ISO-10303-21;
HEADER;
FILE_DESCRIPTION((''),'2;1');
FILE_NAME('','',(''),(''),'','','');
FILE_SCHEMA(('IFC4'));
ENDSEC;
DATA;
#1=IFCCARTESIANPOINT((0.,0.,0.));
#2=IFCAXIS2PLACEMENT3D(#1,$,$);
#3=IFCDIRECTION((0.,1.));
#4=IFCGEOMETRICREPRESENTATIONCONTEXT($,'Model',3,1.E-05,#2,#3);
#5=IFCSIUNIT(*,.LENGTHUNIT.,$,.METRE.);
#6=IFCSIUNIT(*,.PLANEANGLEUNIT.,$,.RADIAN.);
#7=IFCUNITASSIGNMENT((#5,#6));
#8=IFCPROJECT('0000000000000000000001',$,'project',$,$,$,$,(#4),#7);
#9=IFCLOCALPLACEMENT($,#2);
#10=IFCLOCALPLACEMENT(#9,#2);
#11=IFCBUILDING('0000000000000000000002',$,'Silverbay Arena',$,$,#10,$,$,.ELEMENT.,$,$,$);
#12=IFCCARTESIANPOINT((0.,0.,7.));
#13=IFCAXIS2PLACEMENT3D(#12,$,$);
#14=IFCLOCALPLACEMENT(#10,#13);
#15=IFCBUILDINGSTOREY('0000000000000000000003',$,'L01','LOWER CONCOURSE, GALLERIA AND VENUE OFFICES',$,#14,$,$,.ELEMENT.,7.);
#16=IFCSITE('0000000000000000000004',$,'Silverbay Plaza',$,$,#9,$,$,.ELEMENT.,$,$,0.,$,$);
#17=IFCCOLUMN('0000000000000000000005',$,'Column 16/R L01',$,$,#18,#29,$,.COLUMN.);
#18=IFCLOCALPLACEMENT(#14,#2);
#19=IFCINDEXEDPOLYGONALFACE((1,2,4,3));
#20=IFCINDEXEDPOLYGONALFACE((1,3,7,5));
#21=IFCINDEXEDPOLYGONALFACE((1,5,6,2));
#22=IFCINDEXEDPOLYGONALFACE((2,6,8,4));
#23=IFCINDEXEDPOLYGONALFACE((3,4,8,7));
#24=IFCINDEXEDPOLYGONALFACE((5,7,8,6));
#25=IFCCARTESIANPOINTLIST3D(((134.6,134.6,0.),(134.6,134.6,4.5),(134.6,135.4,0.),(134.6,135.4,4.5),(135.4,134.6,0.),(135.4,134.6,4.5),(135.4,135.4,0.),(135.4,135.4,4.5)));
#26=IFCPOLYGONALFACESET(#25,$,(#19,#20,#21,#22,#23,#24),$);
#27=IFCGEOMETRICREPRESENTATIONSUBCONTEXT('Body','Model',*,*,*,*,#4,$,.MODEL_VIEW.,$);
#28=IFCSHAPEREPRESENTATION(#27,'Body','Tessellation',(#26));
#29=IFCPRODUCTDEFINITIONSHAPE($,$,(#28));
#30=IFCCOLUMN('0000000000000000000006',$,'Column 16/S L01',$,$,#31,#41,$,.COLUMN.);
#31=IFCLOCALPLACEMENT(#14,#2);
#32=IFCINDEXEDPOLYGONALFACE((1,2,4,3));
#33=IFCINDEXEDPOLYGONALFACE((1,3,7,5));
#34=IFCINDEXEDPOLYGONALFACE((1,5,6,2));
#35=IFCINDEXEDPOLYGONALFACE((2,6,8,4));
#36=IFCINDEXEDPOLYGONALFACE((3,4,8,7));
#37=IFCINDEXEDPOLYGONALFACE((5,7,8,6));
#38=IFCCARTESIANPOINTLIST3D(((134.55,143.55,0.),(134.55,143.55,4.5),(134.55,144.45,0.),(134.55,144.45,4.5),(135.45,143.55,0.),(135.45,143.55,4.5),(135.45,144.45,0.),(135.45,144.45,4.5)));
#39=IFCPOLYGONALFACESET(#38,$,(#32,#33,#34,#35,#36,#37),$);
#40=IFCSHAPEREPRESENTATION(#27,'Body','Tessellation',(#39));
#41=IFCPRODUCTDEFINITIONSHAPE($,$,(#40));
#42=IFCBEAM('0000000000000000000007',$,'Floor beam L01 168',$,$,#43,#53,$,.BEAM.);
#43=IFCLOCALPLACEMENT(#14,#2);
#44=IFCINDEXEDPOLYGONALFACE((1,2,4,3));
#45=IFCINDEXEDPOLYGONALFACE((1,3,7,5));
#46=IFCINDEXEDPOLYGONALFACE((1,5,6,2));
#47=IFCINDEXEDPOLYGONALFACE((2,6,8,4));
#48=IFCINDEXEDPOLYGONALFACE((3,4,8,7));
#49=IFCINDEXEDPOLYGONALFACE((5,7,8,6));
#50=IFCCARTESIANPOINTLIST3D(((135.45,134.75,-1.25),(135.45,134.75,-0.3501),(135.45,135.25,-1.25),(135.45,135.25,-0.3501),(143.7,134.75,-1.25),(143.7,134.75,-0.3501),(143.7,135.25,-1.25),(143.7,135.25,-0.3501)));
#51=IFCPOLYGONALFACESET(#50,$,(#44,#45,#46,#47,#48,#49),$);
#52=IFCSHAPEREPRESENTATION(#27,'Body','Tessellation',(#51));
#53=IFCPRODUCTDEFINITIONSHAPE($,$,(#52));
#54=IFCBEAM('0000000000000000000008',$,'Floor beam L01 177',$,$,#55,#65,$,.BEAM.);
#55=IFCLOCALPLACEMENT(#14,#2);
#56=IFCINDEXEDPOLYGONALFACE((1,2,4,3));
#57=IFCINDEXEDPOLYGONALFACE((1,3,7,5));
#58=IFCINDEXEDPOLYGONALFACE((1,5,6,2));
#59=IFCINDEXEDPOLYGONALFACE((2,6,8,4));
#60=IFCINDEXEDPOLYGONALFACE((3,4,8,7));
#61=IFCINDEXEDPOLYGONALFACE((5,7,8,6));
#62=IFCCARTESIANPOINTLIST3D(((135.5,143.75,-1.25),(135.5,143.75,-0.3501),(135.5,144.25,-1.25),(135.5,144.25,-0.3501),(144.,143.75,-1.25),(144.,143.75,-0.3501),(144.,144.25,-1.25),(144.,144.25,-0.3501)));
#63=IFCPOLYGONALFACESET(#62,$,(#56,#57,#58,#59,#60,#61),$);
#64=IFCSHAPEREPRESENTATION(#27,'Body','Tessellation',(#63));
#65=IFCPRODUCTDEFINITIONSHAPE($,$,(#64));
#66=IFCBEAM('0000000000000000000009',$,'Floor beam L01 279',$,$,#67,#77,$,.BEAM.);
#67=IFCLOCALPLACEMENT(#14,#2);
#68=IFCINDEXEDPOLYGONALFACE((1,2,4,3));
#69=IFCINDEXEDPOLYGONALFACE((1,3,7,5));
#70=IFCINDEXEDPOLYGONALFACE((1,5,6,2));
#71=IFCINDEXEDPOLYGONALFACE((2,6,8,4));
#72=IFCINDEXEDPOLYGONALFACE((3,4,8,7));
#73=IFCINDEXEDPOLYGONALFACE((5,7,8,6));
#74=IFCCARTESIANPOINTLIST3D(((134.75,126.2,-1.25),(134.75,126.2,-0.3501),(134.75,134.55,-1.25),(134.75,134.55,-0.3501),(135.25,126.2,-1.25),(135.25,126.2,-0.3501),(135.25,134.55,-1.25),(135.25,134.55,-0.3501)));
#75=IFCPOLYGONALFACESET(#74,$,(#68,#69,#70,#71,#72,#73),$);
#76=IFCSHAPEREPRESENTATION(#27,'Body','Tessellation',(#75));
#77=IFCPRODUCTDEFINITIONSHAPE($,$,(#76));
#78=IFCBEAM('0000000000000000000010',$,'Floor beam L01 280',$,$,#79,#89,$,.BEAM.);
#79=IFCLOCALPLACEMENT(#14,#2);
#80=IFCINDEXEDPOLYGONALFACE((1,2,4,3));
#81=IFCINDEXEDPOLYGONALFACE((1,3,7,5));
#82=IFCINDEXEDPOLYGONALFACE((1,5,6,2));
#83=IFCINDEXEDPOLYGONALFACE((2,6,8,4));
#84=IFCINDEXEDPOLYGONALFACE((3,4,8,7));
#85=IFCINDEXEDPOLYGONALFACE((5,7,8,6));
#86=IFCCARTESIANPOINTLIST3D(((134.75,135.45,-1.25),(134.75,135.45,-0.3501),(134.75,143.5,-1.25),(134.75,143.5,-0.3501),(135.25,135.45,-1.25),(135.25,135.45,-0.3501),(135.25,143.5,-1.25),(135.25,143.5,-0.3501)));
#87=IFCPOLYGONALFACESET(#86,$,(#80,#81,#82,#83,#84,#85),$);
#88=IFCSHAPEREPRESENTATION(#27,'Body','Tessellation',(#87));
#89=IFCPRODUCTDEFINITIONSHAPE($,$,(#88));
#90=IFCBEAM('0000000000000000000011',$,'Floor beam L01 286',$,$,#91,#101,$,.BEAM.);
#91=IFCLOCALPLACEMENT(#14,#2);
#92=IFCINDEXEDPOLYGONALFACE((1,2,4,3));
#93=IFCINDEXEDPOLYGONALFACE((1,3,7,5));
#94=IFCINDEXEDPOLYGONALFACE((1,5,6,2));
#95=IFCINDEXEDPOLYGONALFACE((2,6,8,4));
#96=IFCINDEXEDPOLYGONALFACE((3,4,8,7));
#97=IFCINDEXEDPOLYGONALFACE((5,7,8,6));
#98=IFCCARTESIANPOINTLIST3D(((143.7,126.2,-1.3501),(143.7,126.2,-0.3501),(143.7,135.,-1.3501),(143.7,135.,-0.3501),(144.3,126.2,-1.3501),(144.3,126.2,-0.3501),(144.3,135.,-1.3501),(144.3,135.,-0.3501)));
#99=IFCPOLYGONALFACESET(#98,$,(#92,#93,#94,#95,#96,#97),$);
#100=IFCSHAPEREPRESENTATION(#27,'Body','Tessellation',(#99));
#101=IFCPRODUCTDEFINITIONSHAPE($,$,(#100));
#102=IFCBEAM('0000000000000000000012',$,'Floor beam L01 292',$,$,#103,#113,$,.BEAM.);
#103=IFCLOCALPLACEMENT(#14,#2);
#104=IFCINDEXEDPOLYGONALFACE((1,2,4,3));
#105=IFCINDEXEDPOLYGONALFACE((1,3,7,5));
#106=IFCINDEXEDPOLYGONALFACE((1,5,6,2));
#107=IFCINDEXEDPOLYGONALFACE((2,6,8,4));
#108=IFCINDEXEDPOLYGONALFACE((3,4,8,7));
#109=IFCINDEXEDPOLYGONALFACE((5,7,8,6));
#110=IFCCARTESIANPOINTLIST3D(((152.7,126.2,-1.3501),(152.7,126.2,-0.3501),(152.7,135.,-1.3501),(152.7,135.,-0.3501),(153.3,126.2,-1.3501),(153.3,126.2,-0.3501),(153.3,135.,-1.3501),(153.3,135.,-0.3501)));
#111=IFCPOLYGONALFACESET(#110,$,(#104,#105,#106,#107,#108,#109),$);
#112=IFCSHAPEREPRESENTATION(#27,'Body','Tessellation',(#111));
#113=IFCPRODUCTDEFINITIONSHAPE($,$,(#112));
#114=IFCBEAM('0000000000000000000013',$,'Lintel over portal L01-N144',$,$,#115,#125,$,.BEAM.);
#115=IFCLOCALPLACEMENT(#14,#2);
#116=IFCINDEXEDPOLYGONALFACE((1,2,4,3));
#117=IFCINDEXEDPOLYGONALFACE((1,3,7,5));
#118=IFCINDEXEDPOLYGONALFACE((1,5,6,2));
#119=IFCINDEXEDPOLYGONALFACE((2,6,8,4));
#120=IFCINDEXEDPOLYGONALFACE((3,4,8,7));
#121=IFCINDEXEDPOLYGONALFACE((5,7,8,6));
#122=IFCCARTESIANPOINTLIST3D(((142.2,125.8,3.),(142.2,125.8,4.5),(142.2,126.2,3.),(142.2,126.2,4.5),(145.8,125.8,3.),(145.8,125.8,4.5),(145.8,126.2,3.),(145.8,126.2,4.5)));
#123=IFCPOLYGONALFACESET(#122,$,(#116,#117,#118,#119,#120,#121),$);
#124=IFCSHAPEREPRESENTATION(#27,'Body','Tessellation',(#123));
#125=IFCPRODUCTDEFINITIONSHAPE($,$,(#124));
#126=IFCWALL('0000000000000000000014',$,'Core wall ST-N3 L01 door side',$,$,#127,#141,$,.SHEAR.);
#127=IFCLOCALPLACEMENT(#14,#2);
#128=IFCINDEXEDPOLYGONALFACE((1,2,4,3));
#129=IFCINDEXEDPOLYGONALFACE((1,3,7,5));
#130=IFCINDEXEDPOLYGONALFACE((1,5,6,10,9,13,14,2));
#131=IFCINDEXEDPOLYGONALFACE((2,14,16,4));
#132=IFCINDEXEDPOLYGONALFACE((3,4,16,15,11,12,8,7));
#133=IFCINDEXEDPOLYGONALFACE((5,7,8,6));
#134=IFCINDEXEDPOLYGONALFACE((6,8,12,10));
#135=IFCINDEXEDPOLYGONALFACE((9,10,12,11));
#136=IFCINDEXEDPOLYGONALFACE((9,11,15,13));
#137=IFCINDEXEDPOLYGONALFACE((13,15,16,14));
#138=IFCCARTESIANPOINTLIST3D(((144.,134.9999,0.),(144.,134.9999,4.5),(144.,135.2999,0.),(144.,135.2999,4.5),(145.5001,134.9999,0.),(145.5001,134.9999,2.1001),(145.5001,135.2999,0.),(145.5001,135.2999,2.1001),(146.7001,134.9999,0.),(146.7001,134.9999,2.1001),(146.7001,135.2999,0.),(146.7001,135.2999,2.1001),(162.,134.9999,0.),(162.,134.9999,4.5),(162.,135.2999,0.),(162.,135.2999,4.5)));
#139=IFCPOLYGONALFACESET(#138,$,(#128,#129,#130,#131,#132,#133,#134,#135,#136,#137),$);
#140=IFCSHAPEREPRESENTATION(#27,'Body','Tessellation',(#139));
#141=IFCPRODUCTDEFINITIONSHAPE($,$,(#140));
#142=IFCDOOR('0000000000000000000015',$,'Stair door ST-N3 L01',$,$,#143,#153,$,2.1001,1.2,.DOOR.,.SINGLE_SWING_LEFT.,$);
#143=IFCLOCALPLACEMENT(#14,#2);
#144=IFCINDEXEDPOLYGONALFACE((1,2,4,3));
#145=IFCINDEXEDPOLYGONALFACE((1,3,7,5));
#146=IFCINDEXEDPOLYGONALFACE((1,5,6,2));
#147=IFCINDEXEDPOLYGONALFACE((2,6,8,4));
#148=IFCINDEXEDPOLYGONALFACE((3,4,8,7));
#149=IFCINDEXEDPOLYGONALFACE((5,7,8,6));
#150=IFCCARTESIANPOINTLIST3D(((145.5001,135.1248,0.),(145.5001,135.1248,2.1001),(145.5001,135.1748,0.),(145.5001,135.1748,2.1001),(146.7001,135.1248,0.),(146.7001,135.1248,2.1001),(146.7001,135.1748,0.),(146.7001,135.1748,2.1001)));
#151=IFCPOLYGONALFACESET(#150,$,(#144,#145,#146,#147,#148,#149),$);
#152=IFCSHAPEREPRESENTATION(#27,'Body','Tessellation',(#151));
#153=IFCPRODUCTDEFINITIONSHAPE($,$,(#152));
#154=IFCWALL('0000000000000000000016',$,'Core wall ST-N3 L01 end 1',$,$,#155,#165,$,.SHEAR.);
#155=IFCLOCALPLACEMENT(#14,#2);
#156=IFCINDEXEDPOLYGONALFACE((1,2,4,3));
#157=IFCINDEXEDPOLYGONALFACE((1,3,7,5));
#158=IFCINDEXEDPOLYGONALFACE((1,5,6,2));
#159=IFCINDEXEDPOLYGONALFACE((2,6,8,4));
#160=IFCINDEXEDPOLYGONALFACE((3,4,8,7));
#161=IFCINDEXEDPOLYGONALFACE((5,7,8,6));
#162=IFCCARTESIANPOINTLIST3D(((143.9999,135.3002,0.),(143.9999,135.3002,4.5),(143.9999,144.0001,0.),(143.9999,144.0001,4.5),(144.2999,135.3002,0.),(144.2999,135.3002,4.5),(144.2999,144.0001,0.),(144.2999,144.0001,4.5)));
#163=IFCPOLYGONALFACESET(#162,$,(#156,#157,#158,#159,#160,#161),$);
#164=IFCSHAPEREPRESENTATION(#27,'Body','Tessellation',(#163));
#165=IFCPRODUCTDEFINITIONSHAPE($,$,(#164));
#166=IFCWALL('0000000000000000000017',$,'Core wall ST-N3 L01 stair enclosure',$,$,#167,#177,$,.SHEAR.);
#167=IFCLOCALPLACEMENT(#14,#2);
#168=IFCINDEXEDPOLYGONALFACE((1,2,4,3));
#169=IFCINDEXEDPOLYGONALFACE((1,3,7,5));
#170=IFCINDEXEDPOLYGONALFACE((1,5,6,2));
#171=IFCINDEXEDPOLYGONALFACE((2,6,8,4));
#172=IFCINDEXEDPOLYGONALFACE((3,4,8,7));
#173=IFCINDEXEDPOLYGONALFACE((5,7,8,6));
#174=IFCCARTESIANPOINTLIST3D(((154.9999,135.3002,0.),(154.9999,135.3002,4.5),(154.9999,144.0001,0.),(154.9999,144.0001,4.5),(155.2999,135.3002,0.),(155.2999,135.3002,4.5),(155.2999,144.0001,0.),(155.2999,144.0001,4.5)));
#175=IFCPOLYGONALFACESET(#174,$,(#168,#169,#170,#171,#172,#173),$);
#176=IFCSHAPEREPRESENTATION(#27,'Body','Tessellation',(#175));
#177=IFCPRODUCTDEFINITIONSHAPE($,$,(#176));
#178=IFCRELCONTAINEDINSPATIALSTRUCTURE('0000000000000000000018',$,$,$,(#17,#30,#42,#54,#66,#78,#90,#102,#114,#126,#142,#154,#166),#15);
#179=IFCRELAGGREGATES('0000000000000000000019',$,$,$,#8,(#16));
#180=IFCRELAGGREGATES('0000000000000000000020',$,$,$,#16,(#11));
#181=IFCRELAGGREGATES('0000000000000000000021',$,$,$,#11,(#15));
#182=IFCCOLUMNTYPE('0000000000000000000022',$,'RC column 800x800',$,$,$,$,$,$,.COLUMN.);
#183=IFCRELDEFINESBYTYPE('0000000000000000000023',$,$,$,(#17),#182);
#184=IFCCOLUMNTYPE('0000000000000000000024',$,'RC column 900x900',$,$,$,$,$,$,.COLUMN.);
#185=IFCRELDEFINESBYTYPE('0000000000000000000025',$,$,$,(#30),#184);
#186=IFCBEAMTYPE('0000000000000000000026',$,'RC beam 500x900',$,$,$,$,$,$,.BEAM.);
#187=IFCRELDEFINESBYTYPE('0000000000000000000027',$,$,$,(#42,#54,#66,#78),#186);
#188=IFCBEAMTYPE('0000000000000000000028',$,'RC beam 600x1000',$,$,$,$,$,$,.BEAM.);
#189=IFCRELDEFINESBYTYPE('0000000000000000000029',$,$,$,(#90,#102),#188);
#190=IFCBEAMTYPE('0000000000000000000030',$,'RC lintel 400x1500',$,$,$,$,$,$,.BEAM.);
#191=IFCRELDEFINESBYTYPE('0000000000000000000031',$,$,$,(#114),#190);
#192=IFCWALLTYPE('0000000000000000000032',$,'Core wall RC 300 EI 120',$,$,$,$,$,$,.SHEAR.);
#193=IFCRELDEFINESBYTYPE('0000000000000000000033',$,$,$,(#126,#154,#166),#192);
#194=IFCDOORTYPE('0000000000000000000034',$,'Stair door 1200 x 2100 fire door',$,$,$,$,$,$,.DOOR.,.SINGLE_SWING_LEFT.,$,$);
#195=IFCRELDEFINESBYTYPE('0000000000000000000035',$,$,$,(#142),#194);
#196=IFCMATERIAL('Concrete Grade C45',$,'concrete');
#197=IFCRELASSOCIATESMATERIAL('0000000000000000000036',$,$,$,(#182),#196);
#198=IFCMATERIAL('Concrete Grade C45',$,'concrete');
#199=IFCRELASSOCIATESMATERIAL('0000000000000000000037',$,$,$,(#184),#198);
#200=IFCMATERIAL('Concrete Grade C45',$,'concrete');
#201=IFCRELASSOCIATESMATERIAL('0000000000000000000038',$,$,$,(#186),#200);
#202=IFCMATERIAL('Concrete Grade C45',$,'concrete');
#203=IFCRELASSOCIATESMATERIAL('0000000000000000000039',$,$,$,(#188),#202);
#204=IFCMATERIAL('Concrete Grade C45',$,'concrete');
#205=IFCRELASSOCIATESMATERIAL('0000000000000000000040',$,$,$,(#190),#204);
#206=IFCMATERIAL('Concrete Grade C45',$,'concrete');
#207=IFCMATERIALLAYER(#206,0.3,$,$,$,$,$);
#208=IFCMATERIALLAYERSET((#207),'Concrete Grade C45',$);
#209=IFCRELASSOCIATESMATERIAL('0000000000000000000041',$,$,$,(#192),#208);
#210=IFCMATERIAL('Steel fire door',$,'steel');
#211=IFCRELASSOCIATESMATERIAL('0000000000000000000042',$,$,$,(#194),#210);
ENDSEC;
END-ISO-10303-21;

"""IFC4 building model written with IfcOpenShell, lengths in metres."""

from ifc_helpers import new_model, si_unit, direction, frame, frame_2d, origin, origin_2d, place, context, subcontext, project, spatial, rectangle, extrude, material, layer, layer_set, material_profile, profile_set, type_object, element, fill, save


model = new_model("IFC4")

# Units and contexts
model_context = context("Model", 3, precision=1e-05, world=origin(), true_north=direction((0.0, 1.0)))
body_context = subcontext(model_context, "Body", "Model", "MODEL_VIEW")
ifc_project = project(units=[si_unit("LENGTHUNIT", "METRE"), si_unit("PLANEANGLEUNIT", "RADIAN")], contexts=[model_context])

# Site, building, storey
site_placement = place(None, origin())
site = spatial("IfcSite", under=ifc_project, at=site_placement, Name="Silverbay Plaza", CompositionType="ELEMENT", RefElevation=0.0)
building_placement = place(site_placement, origin())
building = spatial("IfcBuilding", under=site, at=building_placement, Name="Silverbay Arena", CompositionType="ELEMENT")
storey_placement = place(building_placement, frame((0.0, 0.0, 7.0)))
storey = spatial("IfcBuildingStorey", under=building, at=storey_placement, Name="L01", Description="LOWER CONCOURSE, GALLERIA AND VENUE OFFICES", CompositionType="ELEMENT", Elevation=7.0)

# Columns
ifc_material_1 = material(Name="Concrete Grade C45", Category="concrete")
ifc_material_profile_1 = material_profile(ifc_material_1, rectangle(XDim=0.8, YDim=0.8, at=origin_2d()), Name="RC 800x800")
ifc_profile_set_1 = profile_set([ifc_material_profile_1], Name="Concrete Grade C45")
column_type_1 = type_object("IfcColumnType", Name="RC column 800x800", PredefinedType="COLUMN", material=ifc_profile_set_1)
column_1_placement = place(storey_placement, frame((135.0, 135.0, 0.0), z_axis=(0.0, 0.0, 1.0), x_axis=(1.0, 0.0, 0.0)))
element("IfcColumn", 1, at=column_1_placement, inside=storey, type_object=column_type_1, Name="Column 16/R L01", PredefinedType="COLUMN", context=body_context, shape_type="SweptSolid", body=[
    extrude(rectangle(XDim=0.8, YDim=0.8, at=origin_2d()), origin(), (0.0, 0.0, 1.0), 4.5),
])
ifc_material_2 = material(Name="Concrete Grade C45", Category="concrete")
ifc_material_profile_2 = material_profile(ifc_material_2, rectangle(XDim=0.8999, YDim=0.8999, at=origin_2d()), Name="RC 900x900")
ifc_profile_set_2 = profile_set([ifc_material_profile_2], Name="Concrete Grade C45")
column_type_2 = type_object("IfcColumnType", Name="RC column 900x900", PredefinedType="COLUMN", material=ifc_profile_set_2)
column_2_placement = place(storey_placement, frame((135.0, 144.0, 0.0), z_axis=(0.0, 0.0, 1.0), x_axis=(1.0, 0.0, 0.0)))
element("IfcColumn", 2, at=column_2_placement, inside=storey, type_object=column_type_2, Name="Column 16/S L01", PredefinedType="COLUMN", context=body_context, shape_type="SweptSolid", body=[
    extrude(rectangle(XDim=0.8999, YDim=0.8999, at=origin_2d()), origin(), (0.0, 0.0, 1.0), 4.5),
])

# Beams
ifc_material_3 = material(Name="Concrete Grade C45", Category="concrete")
ifc_material_profile_3 = material_profile(ifc_material_3, rectangle(XDim=0.5, YDim=0.8999, at=origin_2d()), Name="RC 500x900")
ifc_profile_set_3 = profile_set([ifc_material_profile_3], Name="Concrete Grade C45")
beam_type_1 = type_object("IfcBeamType", Name="RC beam 500x900", PredefinedType="BEAM", material=ifc_profile_set_3)
beam_1_placement = place(storey_placement, frame((135.45, 135.0, -0.8), z_axis=(1.0, 0.0, 0.0), x_axis=(0.0, 1.0, 0.0)))
element("IfcBeam", 3, at=beam_1_placement, inside=storey, type_object=beam_type_1, Name="Floor beam L01 168", PredefinedType="BEAM", context=body_context, shape_type="SweptSolid", body=[
    extrude(rectangle(XDim=0.5, YDim=0.8999, at=origin_2d()), origin(), (0.0, 0.0, 1.0), 8.25),
])
beam_2_placement = place(storey_placement, frame((135.5, 144.0, -0.8), z_axis=(1.0, 0.0, 0.0), x_axis=(0.0, 1.0, 0.0)))
element("IfcBeam", 4, at=beam_2_placement, inside=storey, type_object=beam_type_1, Name="Floor beam L01 177", PredefinedType="BEAM", context=body_context, shape_type="SweptSolid", body=[
    extrude(rectangle(XDim=0.5, YDim=0.8999, at=origin_2d()), origin(), (0.0, 0.0, 1.0), 8.5),
])
beam_3_placement = place(storey_placement, frame((135.0, 126.2, -0.8), z_axis=(0.0, 1.0, 0.0), x_axis=(-1.0, 0.0, 0.0)))
element("IfcBeam", 5, at=beam_3_placement, inside=storey, type_object=beam_type_1, Name="Floor beam L01 279", PredefinedType="BEAM", context=body_context, shape_type="SweptSolid", body=[
    extrude(rectangle(XDim=0.5, YDim=0.8999, at=origin_2d()), origin(), (0.0, 0.0, 1.0), 8.3501),
])
beam_4_placement = place(storey_placement, frame((135.0, 135.45, -0.8), z_axis=(0.0, 1.0, 0.0), x_axis=(-1.0, 0.0, 0.0)))
element("IfcBeam", 6, at=beam_4_placement, inside=storey, type_object=beam_type_1, Name="Floor beam L01 280", PredefinedType="BEAM", context=body_context, shape_type="SweptSolid", body=[
    extrude(rectangle(XDim=0.5, YDim=0.8999, at=origin_2d()), origin(), (0.0, 0.0, 1.0), 8.05),
])
ifc_material_4 = material(Name="Concrete Grade C45", Category="concrete")
ifc_material_profile_4 = material_profile(ifc_material_4, rectangle(XDim=0.6001, YDim=1.0, at=origin_2d()), Name="RC 600x1000")
ifc_profile_set_4 = profile_set([ifc_material_profile_4], Name="Concrete Grade C45")
beam_type_2 = type_object("IfcBeamType", Name="RC beam 600x1000", PredefinedType="BEAM", material=ifc_profile_set_4)
for number, where, z_axis, x_axis, name in (
    (7, (144.0, 126.2, -0.8501), (0.0, 1.0, 0.0), (-1.0, 0.0, 0.0), "Floor beam L01 286"),
    (8, (153.0, 126.2, -0.8501), (0.0, 1.0, 0.0), (-1.0, 0.0, 0.0), "Floor beam L01 292"),
):
    element("IfcBeam", number, at=place(storey_placement, frame(where, z_axis=z_axis, x_axis=x_axis)), inside=storey, type_object=beam_type_2, Name=name, PredefinedType="BEAM", context=body_context, shape_type="SweptSolid", body=[
        extrude(rectangle(XDim=0.6001, YDim=1.0, at=origin_2d()), origin(), (0.0, 0.0, 1.0), 8.8),
    ])
ifc_material_5 = material(Name="Concrete Grade C45", Category="concrete")
ifc_material_profile_5 = material_profile(ifc_material_5, rectangle(XDim=0.3999, YDim=1.5, at=origin_2d()), Name="RC 400x1500")
ifc_profile_set_5 = profile_set([ifc_material_profile_5], Name="Concrete Grade C45")
beam_type_3 = type_object("IfcBeamType", Name="RC lintel 400x1500", PredefinedType="BEAM", material=ifc_profile_set_5)
beam_5_placement = place(storey_placement, frame((142.2, 126.0, 3.75), z_axis=(1.0, 0.0, 0.0), x_axis=(0.0, 1.0, 0.0)))
element("IfcBeam", 9, at=beam_5_placement, inside=storey, type_object=beam_type_3, Name="Lintel over portal L01-N144", PredefinedType="BEAM", context=body_context, shape_type="SweptSolid", body=[
    extrude(rectangle(XDim=0.3999, YDim=1.5, at=origin_2d()), origin(), (0.0, 0.0, 1.0), 3.6001),
])

# Wall, opening, door
ifc_material_6 = material(Name="Concrete Grade C45", Category="concrete")
ifc_layer_1 = layer(ifc_material_6, 0.3)
ifc_layer_set_1 = layer_set([ifc_layer_1], Name="Concrete Grade C45")
wall_type_1 = type_object("IfcWallType", Name="Core wall RC 300 EI 120", PredefinedType="SHEAR", material=ifc_layer_set_1)
wall_1_placement = place(storey_placement, frame((144.0, 135.1499, 0.0), z_axis=(0.0, 0.0, 1.0), x_axis=(1.0, 0.0, 0.0)))
wall_1 = element("IfcWall", 10, at=wall_1_placement, inside=storey, type_object=wall_type_1, Name="Core wall ST-N3 L01 door side", PredefinedType="SHEAR", context=body_context, shape_type="SweptSolid", body=[
    extrude(rectangle(XDim=18.0, YDim=0.3, at=frame_2d((9.0, 0.0))), origin(), (0.0, 0.0, 1.0), 4.5),
])
opening_1_placement = place(wall_1_placement, frame((1.5, 0.0, 0.0)))
opening_1 = element("IfcOpeningElement", 11, at=opening_1_placement, cuts=wall_1, PredefinedType="OPENING", context=body_context, shape_type="SweptSolid", body=[
    extrude(rectangle(XDim=1.2, YDim=2.1001, at=frame_2d((0.6001, 1.05))), frame((0.0, 0.1602, 0.0), z_axis=(0.0, -1.0, 0.0), x_axis=(1.0, 0.0, 0.0)), (0.0, 0.0, 1.0), 0.3201),
])
ifc_material_7 = material(Name="Steel fire door", Category="steel")
door_type_1 = type_object("IfcDoorType", Name="Stair door 1200 x 2100 fire door", OperationType="SINGLE_SWING_LEFT", PredefinedType="DOOR", material=ifc_material_7)
door_1_placement = place(opening_1_placement, origin())
door_1 = element("IfcDoor", 12, at=door_1_placement, inside=storey, type_object=door_type_1, Name="Stair door ST-N3 L01", OperationType="SINGLE_SWING_LEFT", OverallHeight=2.1001, OverallWidth=1.2, PredefinedType="DOOR", context=body_context, shape_type="SweptSolid", body=[
    extrude(rectangle(XDim=1.2, YDim=2.1001, at=frame_2d((0.6001, 1.05))), frame((0.0, 0.0249, 0.0), z_axis=(0.0, -1.0, 0.0), x_axis=(1.0, 0.0, 0.0)), (0.0, 0.0, 1.0), 0.05),
])
fill(opening_1, door_1)

# Walls
for number, where, z_axis, x_axis, name in (
    (13, (144.1499, 135.3, 0.0), (0.0, 0.0, 1.0), (0.0, 1.0, 0.0), "Core wall ST-N3 L01 end 1"),
    (14, (155.1499, 135.3, 0.0), (0.0, 0.0, 1.0), (0.0, 1.0, 0.0), "Core wall ST-N3 L01 stair enclosure"),
):
    element("IfcWall", number, at=place(storey_placement, frame(where, z_axis=z_axis, x_axis=x_axis)), inside=storey, type_object=wall_type_1, Name=name, PredefinedType="SHEAR", context=body_context, shape_type="SweptSolid", body=[
        extrude(rectangle(XDim=8.7, YDim=0.3, at=frame_2d((4.3501, 0.0))), origin(), (0.0, 0.0, 1.0), 4.5),
    ])

save(model, "model.ifc")
